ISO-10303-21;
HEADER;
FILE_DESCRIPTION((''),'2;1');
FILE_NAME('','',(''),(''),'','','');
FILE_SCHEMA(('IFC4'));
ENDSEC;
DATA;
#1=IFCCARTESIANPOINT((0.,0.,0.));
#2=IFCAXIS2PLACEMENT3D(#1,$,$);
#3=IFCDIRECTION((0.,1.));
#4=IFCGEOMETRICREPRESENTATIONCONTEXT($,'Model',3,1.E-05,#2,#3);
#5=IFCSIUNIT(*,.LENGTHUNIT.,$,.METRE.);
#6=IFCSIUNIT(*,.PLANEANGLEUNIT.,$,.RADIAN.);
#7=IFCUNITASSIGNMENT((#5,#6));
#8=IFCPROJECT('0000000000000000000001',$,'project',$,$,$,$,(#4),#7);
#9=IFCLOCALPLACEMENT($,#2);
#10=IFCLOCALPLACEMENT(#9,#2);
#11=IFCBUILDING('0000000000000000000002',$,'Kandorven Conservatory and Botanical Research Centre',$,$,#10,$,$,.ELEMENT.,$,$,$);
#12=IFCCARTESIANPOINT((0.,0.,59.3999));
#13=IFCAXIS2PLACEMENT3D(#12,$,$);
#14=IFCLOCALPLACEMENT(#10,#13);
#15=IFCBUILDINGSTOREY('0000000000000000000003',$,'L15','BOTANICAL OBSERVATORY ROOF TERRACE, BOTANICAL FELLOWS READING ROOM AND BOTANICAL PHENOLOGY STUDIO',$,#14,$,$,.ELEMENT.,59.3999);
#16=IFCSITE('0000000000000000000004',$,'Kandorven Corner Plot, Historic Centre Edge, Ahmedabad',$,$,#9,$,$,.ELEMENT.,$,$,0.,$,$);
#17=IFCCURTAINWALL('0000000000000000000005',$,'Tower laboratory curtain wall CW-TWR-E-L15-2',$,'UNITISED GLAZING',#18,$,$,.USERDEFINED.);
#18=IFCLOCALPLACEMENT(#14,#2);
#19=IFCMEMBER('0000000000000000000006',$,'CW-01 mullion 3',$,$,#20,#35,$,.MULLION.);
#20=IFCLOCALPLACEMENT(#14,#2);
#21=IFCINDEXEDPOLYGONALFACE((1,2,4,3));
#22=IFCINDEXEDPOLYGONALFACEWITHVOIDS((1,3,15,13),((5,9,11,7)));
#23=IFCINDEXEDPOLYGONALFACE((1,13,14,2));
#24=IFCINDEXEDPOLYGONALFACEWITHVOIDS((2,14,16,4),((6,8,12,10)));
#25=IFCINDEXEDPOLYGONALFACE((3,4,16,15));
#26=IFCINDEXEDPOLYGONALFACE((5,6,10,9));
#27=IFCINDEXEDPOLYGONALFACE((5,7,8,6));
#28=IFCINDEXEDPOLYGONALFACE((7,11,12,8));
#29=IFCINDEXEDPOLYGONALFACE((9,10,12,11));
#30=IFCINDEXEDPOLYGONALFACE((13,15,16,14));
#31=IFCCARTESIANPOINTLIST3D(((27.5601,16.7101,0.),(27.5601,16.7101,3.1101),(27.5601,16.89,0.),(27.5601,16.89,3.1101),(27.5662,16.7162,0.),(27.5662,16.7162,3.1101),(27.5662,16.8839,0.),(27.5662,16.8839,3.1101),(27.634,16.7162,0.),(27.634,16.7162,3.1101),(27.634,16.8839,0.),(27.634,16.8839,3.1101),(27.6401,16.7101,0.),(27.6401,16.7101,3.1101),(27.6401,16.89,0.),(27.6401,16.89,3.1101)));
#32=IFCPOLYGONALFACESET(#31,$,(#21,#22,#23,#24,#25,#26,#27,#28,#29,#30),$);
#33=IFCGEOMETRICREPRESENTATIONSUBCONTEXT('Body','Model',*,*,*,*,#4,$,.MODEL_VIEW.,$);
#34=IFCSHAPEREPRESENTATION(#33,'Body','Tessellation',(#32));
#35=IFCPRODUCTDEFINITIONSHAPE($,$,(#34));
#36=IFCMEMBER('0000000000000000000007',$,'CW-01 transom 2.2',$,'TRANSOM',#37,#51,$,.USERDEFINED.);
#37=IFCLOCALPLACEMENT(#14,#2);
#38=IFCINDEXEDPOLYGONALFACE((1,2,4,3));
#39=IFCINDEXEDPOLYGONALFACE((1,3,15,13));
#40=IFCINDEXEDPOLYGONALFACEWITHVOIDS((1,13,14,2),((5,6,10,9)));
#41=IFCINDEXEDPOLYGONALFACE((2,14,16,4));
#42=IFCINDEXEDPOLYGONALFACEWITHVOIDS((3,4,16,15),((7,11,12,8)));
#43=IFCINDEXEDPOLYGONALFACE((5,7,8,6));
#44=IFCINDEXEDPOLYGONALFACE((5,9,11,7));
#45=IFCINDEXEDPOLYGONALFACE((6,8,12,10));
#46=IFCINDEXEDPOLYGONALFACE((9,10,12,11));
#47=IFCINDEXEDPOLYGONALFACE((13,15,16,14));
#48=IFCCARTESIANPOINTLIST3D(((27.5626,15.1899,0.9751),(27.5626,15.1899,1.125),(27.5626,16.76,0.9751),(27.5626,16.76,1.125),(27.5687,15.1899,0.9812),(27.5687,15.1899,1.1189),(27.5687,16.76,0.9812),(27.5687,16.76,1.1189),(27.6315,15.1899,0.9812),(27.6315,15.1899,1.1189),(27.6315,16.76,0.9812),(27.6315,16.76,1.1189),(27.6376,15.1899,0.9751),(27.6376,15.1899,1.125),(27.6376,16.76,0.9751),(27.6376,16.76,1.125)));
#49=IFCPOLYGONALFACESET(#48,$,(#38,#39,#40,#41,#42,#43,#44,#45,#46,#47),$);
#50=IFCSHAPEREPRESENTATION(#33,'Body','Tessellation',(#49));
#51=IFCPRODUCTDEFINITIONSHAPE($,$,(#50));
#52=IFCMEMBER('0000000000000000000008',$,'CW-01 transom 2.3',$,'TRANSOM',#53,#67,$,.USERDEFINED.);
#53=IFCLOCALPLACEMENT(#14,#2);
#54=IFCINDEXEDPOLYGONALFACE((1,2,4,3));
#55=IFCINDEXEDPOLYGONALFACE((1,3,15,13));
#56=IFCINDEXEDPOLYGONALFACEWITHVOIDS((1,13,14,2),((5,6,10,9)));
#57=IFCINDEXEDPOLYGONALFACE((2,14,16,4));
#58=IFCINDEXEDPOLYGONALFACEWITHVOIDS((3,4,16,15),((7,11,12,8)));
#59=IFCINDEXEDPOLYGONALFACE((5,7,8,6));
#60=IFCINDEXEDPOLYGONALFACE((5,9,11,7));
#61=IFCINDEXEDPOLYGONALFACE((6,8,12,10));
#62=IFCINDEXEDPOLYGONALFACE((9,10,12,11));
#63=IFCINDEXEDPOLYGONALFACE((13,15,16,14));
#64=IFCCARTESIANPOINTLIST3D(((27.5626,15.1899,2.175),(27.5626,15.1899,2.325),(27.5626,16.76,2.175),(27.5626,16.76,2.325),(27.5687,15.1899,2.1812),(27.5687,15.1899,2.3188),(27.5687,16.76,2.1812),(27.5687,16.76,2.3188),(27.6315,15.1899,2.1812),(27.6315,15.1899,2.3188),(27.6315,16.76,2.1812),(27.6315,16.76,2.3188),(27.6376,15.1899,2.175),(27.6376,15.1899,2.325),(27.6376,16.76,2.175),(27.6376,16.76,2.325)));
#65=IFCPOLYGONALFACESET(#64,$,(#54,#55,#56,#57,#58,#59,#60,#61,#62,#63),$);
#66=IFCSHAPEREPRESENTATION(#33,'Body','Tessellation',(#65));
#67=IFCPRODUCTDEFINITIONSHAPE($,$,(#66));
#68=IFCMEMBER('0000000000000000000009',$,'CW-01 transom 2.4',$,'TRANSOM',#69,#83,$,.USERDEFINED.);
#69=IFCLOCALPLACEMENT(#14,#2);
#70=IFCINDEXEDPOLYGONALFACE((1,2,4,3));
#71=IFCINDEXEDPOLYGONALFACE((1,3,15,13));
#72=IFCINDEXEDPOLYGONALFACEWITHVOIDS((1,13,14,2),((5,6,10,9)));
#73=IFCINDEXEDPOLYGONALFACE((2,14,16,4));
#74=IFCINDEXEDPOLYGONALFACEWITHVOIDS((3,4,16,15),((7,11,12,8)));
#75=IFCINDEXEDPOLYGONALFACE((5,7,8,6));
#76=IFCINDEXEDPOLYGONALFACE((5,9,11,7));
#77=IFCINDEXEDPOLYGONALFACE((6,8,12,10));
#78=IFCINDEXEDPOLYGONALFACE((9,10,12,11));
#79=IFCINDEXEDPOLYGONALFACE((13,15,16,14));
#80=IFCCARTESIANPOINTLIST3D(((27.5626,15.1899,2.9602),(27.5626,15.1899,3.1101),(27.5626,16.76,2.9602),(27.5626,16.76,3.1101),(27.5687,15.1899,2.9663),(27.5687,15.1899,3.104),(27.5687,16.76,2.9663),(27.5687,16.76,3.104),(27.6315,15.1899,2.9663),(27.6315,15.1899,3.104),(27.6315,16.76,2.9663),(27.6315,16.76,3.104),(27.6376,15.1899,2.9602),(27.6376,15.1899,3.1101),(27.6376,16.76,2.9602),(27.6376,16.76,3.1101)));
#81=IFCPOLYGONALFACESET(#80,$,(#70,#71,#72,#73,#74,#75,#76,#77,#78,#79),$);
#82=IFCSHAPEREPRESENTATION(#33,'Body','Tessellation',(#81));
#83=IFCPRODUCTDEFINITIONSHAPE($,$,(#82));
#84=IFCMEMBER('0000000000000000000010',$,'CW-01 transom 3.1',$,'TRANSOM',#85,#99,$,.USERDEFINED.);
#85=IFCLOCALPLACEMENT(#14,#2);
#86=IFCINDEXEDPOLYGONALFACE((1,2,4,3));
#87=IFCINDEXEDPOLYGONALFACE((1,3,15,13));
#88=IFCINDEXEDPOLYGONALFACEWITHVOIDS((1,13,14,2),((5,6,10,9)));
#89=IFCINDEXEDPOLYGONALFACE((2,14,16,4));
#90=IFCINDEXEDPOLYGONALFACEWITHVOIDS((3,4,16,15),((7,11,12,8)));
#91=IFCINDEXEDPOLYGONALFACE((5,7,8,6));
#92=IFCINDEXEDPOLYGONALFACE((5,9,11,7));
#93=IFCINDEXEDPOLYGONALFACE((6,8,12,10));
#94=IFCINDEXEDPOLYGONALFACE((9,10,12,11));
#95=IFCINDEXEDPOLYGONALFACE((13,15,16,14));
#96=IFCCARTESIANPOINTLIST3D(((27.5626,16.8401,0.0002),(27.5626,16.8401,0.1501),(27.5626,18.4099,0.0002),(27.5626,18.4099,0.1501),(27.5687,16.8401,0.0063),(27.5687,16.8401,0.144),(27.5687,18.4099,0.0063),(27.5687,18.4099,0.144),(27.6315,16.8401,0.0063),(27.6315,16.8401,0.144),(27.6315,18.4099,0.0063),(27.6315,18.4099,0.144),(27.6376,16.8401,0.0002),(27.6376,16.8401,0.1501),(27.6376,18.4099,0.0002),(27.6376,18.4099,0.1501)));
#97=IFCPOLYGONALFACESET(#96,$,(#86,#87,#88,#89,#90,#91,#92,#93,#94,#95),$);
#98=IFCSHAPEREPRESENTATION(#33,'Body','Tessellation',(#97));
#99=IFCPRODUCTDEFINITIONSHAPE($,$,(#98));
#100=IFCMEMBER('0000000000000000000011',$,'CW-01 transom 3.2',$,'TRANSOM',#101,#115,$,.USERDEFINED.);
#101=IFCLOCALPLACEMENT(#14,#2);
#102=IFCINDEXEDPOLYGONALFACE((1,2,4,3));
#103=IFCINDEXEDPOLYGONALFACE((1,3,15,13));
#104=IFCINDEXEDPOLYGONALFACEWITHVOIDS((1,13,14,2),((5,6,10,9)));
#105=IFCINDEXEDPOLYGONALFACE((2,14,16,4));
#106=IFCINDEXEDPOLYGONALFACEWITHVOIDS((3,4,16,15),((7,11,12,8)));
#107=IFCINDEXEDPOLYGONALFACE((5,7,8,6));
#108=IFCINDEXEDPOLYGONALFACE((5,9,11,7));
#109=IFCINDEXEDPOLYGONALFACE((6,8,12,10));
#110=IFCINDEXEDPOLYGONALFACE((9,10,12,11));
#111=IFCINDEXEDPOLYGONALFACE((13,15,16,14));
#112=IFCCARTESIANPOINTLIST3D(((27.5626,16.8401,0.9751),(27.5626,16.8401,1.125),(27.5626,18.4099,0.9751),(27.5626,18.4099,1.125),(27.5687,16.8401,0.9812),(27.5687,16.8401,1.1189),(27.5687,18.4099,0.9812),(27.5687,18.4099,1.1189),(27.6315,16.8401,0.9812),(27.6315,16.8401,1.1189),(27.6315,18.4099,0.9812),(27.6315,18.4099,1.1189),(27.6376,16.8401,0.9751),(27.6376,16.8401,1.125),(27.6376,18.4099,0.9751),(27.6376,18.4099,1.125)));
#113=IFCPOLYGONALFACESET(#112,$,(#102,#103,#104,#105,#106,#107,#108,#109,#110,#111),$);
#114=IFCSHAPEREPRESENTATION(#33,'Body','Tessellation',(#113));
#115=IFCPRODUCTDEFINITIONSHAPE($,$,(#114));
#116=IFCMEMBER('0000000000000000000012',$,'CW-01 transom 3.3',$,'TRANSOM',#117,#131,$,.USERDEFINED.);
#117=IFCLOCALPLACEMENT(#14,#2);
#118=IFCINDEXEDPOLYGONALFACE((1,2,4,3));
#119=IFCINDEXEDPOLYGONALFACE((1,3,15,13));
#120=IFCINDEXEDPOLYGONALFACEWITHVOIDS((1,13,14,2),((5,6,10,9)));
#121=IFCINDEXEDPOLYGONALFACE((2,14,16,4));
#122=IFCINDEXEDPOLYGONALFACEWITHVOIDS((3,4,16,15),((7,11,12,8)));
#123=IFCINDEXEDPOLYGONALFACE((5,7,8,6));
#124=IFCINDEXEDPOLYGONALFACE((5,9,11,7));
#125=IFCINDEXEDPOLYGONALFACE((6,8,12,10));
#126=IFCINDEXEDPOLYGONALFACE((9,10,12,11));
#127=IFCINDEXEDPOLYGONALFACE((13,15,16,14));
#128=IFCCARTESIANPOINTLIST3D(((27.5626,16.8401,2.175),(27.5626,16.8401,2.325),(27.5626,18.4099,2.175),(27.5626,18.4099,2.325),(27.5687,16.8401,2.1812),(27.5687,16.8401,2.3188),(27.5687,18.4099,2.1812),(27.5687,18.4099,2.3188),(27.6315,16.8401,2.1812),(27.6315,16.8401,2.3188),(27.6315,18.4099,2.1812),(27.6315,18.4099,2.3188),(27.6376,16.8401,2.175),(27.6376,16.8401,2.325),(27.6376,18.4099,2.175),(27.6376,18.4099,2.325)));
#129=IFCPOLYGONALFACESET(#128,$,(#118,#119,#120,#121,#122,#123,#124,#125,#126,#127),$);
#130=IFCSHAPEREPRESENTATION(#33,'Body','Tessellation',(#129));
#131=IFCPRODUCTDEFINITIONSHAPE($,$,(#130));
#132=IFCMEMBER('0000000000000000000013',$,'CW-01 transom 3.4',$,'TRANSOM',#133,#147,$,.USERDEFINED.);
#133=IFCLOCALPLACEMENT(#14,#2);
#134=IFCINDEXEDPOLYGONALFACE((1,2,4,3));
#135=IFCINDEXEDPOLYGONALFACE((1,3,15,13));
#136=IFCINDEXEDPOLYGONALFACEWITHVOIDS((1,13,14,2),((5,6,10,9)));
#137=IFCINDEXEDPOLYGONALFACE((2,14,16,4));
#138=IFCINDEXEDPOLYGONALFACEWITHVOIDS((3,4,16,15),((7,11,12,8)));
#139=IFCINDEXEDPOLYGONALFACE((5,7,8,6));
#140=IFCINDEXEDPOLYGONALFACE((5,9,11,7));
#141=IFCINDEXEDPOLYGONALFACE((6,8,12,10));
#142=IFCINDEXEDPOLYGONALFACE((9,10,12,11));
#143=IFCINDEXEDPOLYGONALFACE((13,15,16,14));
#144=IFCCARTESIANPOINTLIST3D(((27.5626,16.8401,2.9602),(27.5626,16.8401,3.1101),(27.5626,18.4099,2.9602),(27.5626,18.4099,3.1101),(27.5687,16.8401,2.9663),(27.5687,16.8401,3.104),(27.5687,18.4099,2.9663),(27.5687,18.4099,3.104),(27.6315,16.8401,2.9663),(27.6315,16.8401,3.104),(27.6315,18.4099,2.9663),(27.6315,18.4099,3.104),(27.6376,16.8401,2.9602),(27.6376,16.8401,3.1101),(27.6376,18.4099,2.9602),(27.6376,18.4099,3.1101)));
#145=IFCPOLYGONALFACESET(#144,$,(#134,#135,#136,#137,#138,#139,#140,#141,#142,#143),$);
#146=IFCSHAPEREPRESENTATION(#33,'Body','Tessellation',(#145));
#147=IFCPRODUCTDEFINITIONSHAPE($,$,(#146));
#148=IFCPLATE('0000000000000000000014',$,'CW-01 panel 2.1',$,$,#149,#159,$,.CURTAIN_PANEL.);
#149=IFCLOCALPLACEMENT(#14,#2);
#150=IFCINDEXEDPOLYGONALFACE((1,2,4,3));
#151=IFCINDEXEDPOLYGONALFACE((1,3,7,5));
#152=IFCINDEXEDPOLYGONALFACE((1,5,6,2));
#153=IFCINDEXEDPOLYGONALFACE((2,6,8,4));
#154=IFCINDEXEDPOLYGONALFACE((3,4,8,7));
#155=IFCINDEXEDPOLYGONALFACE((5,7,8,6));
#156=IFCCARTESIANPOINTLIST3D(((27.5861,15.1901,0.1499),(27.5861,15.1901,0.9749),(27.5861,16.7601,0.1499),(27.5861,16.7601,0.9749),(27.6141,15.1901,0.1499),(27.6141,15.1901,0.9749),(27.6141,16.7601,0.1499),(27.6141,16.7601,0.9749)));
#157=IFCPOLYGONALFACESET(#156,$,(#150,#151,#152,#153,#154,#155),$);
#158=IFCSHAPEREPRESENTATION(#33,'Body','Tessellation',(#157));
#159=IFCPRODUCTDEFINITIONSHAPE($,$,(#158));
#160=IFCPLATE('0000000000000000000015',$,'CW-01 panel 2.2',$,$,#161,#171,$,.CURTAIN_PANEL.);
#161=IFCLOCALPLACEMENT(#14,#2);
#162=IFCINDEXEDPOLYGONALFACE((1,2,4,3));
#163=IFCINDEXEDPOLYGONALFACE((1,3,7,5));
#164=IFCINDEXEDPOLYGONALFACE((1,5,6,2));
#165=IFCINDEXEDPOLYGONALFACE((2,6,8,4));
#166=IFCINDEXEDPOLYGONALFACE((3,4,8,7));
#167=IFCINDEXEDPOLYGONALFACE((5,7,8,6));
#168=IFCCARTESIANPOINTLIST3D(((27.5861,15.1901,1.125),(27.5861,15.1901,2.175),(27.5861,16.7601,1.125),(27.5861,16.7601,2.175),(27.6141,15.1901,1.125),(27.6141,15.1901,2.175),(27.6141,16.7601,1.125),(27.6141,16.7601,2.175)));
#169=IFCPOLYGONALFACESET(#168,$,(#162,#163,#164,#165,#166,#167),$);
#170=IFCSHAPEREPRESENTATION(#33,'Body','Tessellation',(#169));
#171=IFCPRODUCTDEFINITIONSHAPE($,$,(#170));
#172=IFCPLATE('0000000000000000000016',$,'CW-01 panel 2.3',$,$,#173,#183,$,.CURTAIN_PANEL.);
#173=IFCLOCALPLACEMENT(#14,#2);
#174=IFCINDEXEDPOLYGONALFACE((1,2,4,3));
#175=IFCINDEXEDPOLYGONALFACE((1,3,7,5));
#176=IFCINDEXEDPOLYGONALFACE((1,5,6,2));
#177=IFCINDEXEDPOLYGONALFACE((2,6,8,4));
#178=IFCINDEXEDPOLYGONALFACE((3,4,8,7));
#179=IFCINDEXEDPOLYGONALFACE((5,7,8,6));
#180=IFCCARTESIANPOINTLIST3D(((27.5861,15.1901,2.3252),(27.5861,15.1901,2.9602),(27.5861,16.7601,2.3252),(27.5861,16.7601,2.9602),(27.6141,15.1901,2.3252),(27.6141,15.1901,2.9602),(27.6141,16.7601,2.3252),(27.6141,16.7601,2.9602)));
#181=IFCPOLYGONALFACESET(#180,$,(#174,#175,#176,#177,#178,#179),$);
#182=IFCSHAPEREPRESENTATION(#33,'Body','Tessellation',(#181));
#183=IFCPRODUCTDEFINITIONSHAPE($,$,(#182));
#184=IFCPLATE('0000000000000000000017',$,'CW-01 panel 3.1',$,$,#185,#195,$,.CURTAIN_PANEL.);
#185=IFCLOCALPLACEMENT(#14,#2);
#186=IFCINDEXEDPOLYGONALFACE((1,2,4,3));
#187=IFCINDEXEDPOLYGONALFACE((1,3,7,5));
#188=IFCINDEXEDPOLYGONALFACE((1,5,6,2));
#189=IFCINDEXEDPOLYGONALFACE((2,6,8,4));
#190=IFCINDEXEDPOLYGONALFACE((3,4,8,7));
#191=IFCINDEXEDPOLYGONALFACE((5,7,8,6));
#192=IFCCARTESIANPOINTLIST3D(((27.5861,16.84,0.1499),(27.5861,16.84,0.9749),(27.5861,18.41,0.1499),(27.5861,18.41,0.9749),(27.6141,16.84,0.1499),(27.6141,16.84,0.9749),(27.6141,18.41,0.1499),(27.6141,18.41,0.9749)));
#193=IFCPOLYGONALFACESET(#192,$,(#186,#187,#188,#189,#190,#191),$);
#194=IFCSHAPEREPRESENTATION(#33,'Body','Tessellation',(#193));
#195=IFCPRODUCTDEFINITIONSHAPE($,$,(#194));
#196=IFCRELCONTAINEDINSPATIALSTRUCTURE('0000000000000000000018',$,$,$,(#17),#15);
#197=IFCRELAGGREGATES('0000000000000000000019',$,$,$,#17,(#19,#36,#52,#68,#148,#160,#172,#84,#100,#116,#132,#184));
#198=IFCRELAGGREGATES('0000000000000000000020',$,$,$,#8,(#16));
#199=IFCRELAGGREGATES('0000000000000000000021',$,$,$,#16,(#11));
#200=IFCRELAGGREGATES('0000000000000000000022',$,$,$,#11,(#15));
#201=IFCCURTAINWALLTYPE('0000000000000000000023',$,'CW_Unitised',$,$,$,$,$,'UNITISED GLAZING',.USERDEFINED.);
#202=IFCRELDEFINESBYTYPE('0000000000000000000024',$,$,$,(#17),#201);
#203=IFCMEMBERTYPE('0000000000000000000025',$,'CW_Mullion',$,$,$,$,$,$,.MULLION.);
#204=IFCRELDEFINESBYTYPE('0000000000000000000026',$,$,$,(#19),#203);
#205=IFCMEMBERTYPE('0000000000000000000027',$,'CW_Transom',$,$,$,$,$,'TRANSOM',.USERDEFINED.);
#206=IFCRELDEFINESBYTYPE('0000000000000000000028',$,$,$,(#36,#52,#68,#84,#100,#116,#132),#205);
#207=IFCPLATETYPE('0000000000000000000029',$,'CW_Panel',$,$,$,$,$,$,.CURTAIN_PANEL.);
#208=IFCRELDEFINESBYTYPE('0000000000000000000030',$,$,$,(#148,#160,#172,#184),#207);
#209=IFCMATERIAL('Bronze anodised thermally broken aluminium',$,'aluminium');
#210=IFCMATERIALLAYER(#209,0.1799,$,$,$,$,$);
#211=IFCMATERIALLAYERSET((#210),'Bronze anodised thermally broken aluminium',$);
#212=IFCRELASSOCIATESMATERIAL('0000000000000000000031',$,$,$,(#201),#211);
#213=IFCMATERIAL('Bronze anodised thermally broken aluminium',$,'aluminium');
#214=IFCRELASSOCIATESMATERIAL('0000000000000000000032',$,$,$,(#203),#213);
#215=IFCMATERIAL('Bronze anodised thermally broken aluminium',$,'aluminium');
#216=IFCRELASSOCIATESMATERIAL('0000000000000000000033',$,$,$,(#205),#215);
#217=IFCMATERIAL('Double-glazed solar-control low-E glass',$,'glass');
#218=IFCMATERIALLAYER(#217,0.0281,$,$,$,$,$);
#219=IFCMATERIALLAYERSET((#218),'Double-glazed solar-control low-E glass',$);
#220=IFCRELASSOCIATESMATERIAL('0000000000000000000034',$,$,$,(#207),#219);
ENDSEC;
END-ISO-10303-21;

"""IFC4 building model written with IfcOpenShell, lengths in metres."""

from ifc_helpers import new_model, si_unit, direction, frame, origin, origin_2d, place, context, subcontext, project, spatial, rectangle, hollow_rectangle, extrude, material, layer, layer_set, material_profile, profile_set, type_object, element, aggregate, save


model = new_model("IFC4")

# Units and contexts
model_context = context("Model", 3, precision=1e-05, world=origin(), true_north=direction((0.0, 1.0)))
body_context = subcontext(model_context, "Body", "Model", "MODEL_VIEW")
ifc_project = project(units=[si_unit("LENGTHUNIT", "METRE"), si_unit("PLANEANGLEUNIT", "RADIAN")], contexts=[model_context])

# Site, building, storey
site_placement = place(None, origin())
site = spatial("IfcSite", under=ifc_project, at=site_placement, Name="Kandorven Corner Plot, Historic Centre Edge, Ahmedabad", CompositionType="ELEMENT", RefElevation=0.0)
building_placement = place(site_placement, origin())
building = spatial("IfcBuilding", under=site, at=building_placement, Name="Kandorven Conservatory and Botanical Research Centre", CompositionType="ELEMENT")
storey_placement = place(building_placement, frame((0.0, 0.0, 59.3999)))
storey = spatial("IfcBuildingStorey", under=building, at=storey_placement, Name="L15", Description="BOTANICAL OBSERVATORY ROOF TERRACE, BOTANICAL FELLOWS READING ROOM AND BOTANICAL PHENOLOGY STUDIO", CompositionType="ELEMENT", Elevation=59.3999)

# Curtain wall, members, plates
ifc_material_1 = material(Name="Bronze anodised thermally broken aluminium", Category="aluminium")
ifc_layer_1 = layer(ifc_material_1, 0.1799)
ifc_layer_set_1 = layer_set([ifc_layer_1], Name="Bronze anodised thermally broken aluminium")
curtain_wall_type = type_object("IfcCurtainWallType", Name="CW_Unitised", ElementType="UNITISED GLAZING", PredefinedType="USERDEFINED", material=ifc_layer_set_1)
curtain_wall_placement = place(storey_placement, origin())
curtain_wall = element("IfcCurtainWall", 1, at=curtain_wall_placement, inside=storey, type_object=curtain_wall_type, Name="Tower laboratory curtain wall CW-TWR-E-L15-2", ObjectType="UNITISED GLAZING", PredefinedType="USERDEFINED")
ifc_material_2 = material(Name="Bronze anodised thermally broken aluminium", Category="aluminium")
ifc_material_profile_1 = material_profile(ifc_material_2, hollow_rectangle(XDim=0.0801, YDim=0.1799, WallThickness=0.0061, at=origin_2d()))
ifc_profile_set_1 = profile_set([ifc_material_profile_1], Name="Bronze anodised thermally broken aluminium")
member_type_1 = type_object("IfcMemberType", Name="CW_Mullion", PredefinedType="MULLION", material=ifc_profile_set_1)
member_1_placement = place(storey_placement, frame((27.6001, 16.8, 0.0), z_axis=(0.0, 0.0, 1.0), x_axis=(-1.0, 0.0, 0.0)))
member_1 = element("IfcMember", 2, at=member_1_placement, type_object=member_type_1, Name="CW-01 mullion 3", PredefinedType="MULLION", context=body_context, shape_type="SweptSolid", body=[
    extrude(hollow_rectangle(XDim=0.0801, YDim=0.1799, WallThickness=0.0061, at=origin_2d()), origin(), (0.0, 0.0, 1.0), 3.1101),
])
ifc_material_3 = material(Name="Bronze anodised thermally broken aluminium", Category="aluminium")
ifc_material_profile_2 = material_profile(ifc_material_3, hollow_rectangle(XDim=0.075, YDim=0.1499, WallThickness=0.0061, at=origin_2d()))
ifc_profile_set_2 = profile_set([ifc_material_profile_2], Name="Bronze anodised thermally broken aluminium")
member_type_2 = type_object("IfcMemberType", Name="CW_Transom", ElementType="TRANSOM", PredefinedType="USERDEFINED", material=ifc_profile_set_2)
member_2_placement = place(storey_placement, frame((27.6001, 15.1899, 1.05), z_axis=(0.0, 1.0, 0.0), x_axis=(-1.0, 0.0, 0.0)))
member_2 = element("IfcMember", 3, at=member_2_placement, type_object=member_type_2, Name="CW-01 transom 2.2", ObjectType="TRANSOM", PredefinedType="USERDEFINED", context=body_context, shape_type="SweptSolid", body=[
    extrude(hollow_rectangle(XDim=0.075, YDim=0.1499, WallThickness=0.0061, at=origin_2d()), origin(), (0.0, 0.0, 1.0), 1.5701),
])
member_3_placement = place(storey_placement, frame((27.6001, 15.1899, 2.25), z_axis=(0.0, 1.0, 0.0), x_axis=(-1.0, 0.0, 0.0)))
member_3 = element("IfcMember", 4, at=member_3_placement, type_object=member_type_2, Name="CW-01 transom 2.3", ObjectType="TRANSOM", PredefinedType="USERDEFINED", context=body_context, shape_type="SweptSolid", body=[
    extrude(hollow_rectangle(XDim=0.075, YDim=0.1499, WallThickness=0.0061, at=origin_2d()), origin(), (0.0, 0.0, 1.0), 1.5701),
])
member_4_placement = place(storey_placement, frame((27.6001, 15.1899, 3.0352), z_axis=(0.0, 1.0, 0.0), x_axis=(-1.0, 0.0, 0.0)))
member_4 = element("IfcMember", 5, at=member_4_placement, type_object=member_type_2, Name="CW-01 transom 2.4", ObjectType="TRANSOM", PredefinedType="USERDEFINED", context=body_context, shape_type="SweptSolid", body=[
    extrude(hollow_rectangle(XDim=0.075, YDim=0.1499, WallThickness=0.0061, at=origin_2d()), origin(), (0.0, 0.0, 1.0), 1.5701),
])
member_5_placement = place(storey_placement, frame((27.6001, 16.8401, 0.0752), z_axis=(0.0, 1.0, 0.0), x_axis=(-1.0, 0.0, 0.0)))
member_5 = element("IfcMember", 6, at=member_5_placement, type_object=member_type_2, Name="CW-01 transom 3.1", ObjectType="TRANSOM", PredefinedType="USERDEFINED", context=body_context, shape_type="SweptSolid", body=[
    extrude(hollow_rectangle(XDim=0.075, YDim=0.1499, WallThickness=0.0061, at=origin_2d()), origin(), (0.0, 0.0, 1.0), 1.5698),
])
member_6_placement = place(storey_placement, frame((27.6001, 16.8401, 1.05), z_axis=(0.0, 1.0, 0.0), x_axis=(-1.0, 0.0, 0.0)))
member_6 = element("IfcMember", 7, at=member_6_placement, type_object=member_type_2, Name="CW-01 transom 3.2", ObjectType="TRANSOM", PredefinedType="USERDEFINED", context=body_context, shape_type="SweptSolid", body=[
    extrude(hollow_rectangle(XDim=0.075, YDim=0.1499, WallThickness=0.0061, at=origin_2d()), origin(), (0.0, 0.0, 1.0), 1.5698),
])
member_7_placement = place(storey_placement, frame((27.6001, 16.8401, 2.25), z_axis=(0.0, 1.0, 0.0), x_axis=(-1.0, 0.0, 0.0)))
member_7 = element("IfcMember", 8, at=member_7_placement, type_object=member_type_2, Name="CW-01 transom 3.3", ObjectType="TRANSOM", PredefinedType="USERDEFINED", context=body_context, shape_type="SweptSolid", body=[
    extrude(hollow_rectangle(XDim=0.075, YDim=0.1499, WallThickness=0.0061, at=origin_2d()), origin(), (0.0, 0.0, 1.0), 1.5698),
])
member_8_placement = place(storey_placement, frame((27.6001, 16.8401, 3.0352), z_axis=(0.0, 1.0, 0.0), x_axis=(-1.0, 0.0, 0.0)))
member_8 = element("IfcMember", 9, at=member_8_placement, type_object=member_type_2, Name="CW-01 transom 3.4", ObjectType="TRANSOM", PredefinedType="USERDEFINED", context=body_context, shape_type="SweptSolid", body=[
    extrude(hollow_rectangle(XDim=0.075, YDim=0.1499, WallThickness=0.0061, at=origin_2d()), origin(), (0.0, 0.0, 1.0), 1.5698),
])
ifc_material_4 = material(Name="Double-glazed solar-control low-E glass", Category="glass")
ifc_layer_2 = layer(ifc_material_4, 0.0281)
ifc_layer_set_2 = layer_set([ifc_layer_2], Name="Double-glazed solar-control low-E glass")
plate_type_1 = type_object("IfcPlateType", Name="CW_Panel", PredefinedType="CURTAIN_PANEL", material=ifc_layer_set_2)
plate_1_placement = place(storey_placement, frame((27.6001, 15.9751, 0.1499), z_axis=(0.0, 0.0, 1.0), x_axis=(0.0, 1.0, 0.0)))
plate_1 = element("IfcPlate", 10, at=plate_1_placement, type_object=plate_type_1, Name="CW-01 panel 2.1", PredefinedType="CURTAIN_PANEL", context=body_context, shape_type="SweptSolid", body=[
    extrude(rectangle(XDim=1.5701, YDim=0.0281, at=origin_2d()), origin(), (0.0, 0.0, 1.0), 0.825),
])
plate_2_placement = place(storey_placement, frame((27.6001, 15.9751, 1.125), z_axis=(0.0, 0.0, 1.0), x_axis=(0.0, 1.0, 0.0)))
plate_2 = element("IfcPlate", 11, at=plate_2_placement, type_object=plate_type_1, Name="CW-01 panel 2.2", PredefinedType="CURTAIN_PANEL", context=body_context, shape_type="SweptSolid", body=[
    extrude(rectangle(XDim=1.5701, YDim=0.0281, at=origin_2d()), origin(), (0.0, 0.0, 1.0), 1.05),
])
plate_3_placement = place(storey_placement, frame((27.6001, 15.9751, 2.3252), z_axis=(0.0, 0.0, 1.0), x_axis=(0.0, 1.0, 0.0)))
plate_3 = element("IfcPlate", 12, at=plate_3_placement, type_object=plate_type_1, Name="CW-01 panel 2.3", PredefinedType="CURTAIN_PANEL", context=body_context, shape_type="SweptSolid", body=[
    extrude(rectangle(XDim=1.5701, YDim=0.0281, at=origin_2d()), origin(), (0.0, 0.0, 1.0), 0.635),
])
plate_4_placement = place(storey_placement, frame((27.6001, 17.625, 0.1499), z_axis=(0.0, 0.0, 1.0), x_axis=(0.0, 1.0, 0.0)))
plate_4 = element("IfcPlate", 13, at=plate_4_placement, type_object=plate_type_1, Name="CW-01 panel 3.1", PredefinedType="CURTAIN_PANEL", context=body_context, shape_type="SweptSolid", body=[
    extrude(rectangle(XDim=1.5701, YDim=0.0281, at=origin_2d()), origin(), (0.0, 0.0, 1.0), 0.825),
])
aggregate(curtain_wall, [member_1, member_2, member_3, member_4, plate_1, plate_2, plate_3, member_5, member_6, member_7, member_8, plate_4])

save(model, "model.ifc")
